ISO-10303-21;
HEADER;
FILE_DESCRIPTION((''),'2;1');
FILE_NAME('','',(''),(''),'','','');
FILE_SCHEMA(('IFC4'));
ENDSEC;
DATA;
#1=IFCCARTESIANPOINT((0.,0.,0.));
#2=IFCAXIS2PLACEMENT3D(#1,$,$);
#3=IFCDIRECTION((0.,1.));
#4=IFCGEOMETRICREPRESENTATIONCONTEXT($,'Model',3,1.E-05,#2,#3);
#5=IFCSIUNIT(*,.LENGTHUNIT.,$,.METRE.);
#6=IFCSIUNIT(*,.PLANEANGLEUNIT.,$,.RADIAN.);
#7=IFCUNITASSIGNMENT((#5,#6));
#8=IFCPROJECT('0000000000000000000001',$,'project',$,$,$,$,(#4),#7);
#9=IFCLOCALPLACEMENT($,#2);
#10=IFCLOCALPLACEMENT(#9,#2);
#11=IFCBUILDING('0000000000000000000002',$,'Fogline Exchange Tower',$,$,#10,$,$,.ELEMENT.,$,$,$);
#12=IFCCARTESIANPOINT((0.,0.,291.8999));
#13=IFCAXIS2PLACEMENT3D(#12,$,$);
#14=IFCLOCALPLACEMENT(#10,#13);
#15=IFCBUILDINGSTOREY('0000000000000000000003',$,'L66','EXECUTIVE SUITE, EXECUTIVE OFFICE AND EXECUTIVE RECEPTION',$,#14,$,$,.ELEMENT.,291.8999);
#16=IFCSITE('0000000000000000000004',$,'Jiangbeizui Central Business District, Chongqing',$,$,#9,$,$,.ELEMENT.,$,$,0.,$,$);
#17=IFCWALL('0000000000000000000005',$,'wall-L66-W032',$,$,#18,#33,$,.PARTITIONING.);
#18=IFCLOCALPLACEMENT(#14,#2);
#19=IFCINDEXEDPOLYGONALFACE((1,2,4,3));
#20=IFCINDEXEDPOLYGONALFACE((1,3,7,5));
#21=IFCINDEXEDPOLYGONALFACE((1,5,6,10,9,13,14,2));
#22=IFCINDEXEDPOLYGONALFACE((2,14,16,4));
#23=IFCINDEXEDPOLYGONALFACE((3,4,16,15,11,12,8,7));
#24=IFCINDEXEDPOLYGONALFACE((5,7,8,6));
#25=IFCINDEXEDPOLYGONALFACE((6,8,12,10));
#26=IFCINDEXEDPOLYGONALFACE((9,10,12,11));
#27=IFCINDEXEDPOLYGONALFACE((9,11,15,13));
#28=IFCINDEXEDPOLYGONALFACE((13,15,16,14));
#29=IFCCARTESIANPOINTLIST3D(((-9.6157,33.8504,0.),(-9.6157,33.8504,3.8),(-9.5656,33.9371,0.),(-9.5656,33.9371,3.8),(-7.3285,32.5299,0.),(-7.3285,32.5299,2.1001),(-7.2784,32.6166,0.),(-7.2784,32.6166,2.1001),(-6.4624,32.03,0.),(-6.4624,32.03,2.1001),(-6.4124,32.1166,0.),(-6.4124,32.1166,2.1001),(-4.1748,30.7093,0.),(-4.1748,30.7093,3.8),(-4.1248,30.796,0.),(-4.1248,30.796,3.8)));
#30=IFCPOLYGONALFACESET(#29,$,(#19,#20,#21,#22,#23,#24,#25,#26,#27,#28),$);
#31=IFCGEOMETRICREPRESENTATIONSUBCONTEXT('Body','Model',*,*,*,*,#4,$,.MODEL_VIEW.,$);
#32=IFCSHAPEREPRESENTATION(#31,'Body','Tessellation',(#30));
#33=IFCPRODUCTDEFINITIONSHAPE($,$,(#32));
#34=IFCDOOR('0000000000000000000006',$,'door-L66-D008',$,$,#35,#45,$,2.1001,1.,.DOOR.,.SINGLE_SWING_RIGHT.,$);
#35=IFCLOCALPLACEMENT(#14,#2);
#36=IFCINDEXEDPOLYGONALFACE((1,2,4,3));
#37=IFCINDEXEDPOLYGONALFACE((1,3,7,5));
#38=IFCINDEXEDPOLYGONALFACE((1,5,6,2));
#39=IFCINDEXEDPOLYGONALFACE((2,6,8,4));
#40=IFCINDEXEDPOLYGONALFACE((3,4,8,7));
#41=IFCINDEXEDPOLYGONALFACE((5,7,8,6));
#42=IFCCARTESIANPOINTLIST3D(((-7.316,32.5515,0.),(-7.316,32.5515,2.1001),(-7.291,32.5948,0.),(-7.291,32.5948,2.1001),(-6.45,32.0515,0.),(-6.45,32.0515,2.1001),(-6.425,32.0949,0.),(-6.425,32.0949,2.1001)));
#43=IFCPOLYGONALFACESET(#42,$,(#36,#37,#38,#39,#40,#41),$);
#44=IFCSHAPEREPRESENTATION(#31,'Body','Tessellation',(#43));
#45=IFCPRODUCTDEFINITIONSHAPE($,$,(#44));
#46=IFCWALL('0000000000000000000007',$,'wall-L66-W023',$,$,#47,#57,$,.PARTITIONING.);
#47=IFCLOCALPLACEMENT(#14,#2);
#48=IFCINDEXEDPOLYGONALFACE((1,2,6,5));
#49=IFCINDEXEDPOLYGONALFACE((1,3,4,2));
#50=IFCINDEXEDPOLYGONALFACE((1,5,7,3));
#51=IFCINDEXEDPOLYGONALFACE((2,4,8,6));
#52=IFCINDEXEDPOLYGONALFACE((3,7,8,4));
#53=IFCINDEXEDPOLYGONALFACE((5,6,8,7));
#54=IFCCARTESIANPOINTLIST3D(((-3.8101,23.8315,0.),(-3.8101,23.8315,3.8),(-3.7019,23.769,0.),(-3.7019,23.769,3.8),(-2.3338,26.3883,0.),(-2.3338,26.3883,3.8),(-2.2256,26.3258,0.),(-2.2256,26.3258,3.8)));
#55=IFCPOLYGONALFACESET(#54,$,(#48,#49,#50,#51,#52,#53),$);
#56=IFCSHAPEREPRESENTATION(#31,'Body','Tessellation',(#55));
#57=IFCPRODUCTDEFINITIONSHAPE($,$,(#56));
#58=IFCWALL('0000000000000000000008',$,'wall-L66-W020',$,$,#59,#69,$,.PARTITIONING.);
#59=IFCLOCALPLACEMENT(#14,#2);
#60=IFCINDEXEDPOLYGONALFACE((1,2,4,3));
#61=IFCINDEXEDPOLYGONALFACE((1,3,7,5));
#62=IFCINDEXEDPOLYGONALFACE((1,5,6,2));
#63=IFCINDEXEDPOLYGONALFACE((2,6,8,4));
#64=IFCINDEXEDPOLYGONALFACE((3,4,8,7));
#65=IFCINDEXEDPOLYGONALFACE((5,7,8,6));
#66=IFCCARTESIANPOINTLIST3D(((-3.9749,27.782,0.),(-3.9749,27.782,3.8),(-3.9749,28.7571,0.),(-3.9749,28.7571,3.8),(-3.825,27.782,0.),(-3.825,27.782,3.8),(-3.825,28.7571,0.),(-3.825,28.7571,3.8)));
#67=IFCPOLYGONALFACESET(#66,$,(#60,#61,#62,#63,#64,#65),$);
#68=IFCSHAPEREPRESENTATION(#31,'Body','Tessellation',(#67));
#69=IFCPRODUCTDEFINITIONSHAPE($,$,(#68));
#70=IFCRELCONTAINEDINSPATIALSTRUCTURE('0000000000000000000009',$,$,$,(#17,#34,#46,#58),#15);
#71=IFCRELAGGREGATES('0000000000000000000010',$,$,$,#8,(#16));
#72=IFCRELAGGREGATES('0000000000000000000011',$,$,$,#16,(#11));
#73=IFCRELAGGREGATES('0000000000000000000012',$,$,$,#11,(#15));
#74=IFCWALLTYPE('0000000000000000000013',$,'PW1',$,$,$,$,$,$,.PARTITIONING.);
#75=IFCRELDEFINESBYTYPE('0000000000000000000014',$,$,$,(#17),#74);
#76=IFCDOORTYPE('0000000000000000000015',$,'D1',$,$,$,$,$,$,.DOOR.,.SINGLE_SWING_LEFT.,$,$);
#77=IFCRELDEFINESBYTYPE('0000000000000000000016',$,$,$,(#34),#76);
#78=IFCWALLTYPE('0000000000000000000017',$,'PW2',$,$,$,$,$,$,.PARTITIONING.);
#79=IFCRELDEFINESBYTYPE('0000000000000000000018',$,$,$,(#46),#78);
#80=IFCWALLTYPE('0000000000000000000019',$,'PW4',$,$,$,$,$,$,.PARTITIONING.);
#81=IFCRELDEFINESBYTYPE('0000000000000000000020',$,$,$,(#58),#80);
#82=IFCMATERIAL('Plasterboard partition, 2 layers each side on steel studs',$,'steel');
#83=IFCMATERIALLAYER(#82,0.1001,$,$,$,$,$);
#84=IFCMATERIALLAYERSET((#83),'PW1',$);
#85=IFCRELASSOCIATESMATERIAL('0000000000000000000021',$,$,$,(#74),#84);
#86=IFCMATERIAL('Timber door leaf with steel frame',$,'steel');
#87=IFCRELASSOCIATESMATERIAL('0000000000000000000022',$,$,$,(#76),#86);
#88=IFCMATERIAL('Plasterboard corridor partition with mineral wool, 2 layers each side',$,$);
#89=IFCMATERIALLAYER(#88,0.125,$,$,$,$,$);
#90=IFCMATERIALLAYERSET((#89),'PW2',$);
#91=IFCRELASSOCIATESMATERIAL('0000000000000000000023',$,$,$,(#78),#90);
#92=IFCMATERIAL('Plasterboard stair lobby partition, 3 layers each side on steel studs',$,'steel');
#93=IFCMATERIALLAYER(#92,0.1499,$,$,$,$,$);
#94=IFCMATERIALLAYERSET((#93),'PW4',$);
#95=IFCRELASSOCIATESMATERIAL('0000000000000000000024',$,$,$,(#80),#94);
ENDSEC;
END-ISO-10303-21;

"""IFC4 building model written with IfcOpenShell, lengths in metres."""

from ifc_helpers import new_model, si_unit, direction, frame, frame_2d, origin, place, context, subcontext, project, spatial, rectangle, extrude, material, layer, layer_set, type_object, element, fill, save


model = new_model("IFC4")

# Units and contexts
model_context = context("Model", 3, precision=1e-05, world=origin(), true_north=direction((0.0, 1.0)))
body_context = subcontext(model_context, "Body", "Model", "MODEL_VIEW")
ifc_project = project(units=[si_unit("LENGTHUNIT", "METRE"), si_unit("PLANEANGLEUNIT", "RADIAN")], contexts=[model_context])

# Site, building, storey
site_placement = place(None, origin())
site = spatial("IfcSite", under=ifc_project, at=site_placement, Name="Jiangbeizui Central Business District, Chongqing", CompositionType="ELEMENT", RefElevation=0.0)
building_placement = place(site_placement, origin())
building = spatial("IfcBuilding", under=site, at=building_placement, Name="Fogline Exchange Tower", CompositionType="ELEMENT")
storey_placement = place(building_placement, frame((0.0, 0.0, 291.8999)))
storey = spatial("IfcBuildingStorey", under=building, at=storey_placement, Name="L66", Description="EXECUTIVE SUITE, EXECUTIVE OFFICE AND EXECUTIVE RECEPTION", CompositionType="ELEMENT", Elevation=291.8999)

# Wall, opening, door
ifc_material_1 = material(Name="Plasterboard partition, 2 layers each side on steel studs", Category="steel")
ifc_layer_1 = layer(ifc_material_1, 0.1001)
ifc_layer_set_1 = layer_set([ifc_layer_1], Name="PW1")
wall_type_1 = type_object("IfcWallType", Name="PW1", PredefinedType="PARTITIONING", material=ifc_layer_set_1)
wall_1_placement = place(storey_placement, frame((-4.1499, 30.7527, 0.0), z_axis=(0.0, 0.0, 1.0), x_axis=(-0.866039, 0.499976, 0.0)))
wall_1 = element("IfcWall", 1, at=wall_1_placement, inside=storey, type_object=wall_type_1, Name="wall-L66-W032", PredefinedType="PARTITIONING", context=body_context, shape_type="SweptSolid", body=[
    extrude(rectangle(XDim=6.2825, YDim=0.1001, at=frame_2d((3.1411, 0.0))), origin(), (0.0, 0.0, 1.0), 3.8),
])
opening_1_placement = place(wall_1_placement, frame((2.6414, 0.0, 0.0)))
opening_1 = element("IfcOpeningElement", 2, at=opening_1_placement, cuts=wall_1, PredefinedType="OPENING", context=body_context, shape_type="SweptSolid", body=[
    extrude(rectangle(XDim=1.0, YDim=2.1001, at=frame_2d((0.5, 1.05))), frame((0.0, 0.0601, 0.0), z_axis=(0.0, -1.0, 0.0), x_axis=(1.0, 0.0, 0.0)), (0.0, 0.0, 1.0), 0.1201),
])
ifc_material_2 = material(Name="Timber door leaf with steel frame", Category="steel")
door_type_1 = type_object("IfcDoorType", Name="D1", OperationType="SINGLE_SWING_LEFT", PredefinedType="DOOR", material=ifc_material_2)
door_1_placement = place(opening_1_placement, frame((1.0, 0.0, 0.0), z_axis=(0.0, 0.0, 1.0), x_axis=(-1.0, 0.0, 0.0)))
door_1 = element("IfcDoor", 3, at=door_1_placement, inside=storey, type_object=door_type_1, Name="door-L66-D008", OperationType="SINGLE_SWING_RIGHT", OverallHeight=2.1001, OverallWidth=1.0, PredefinedType="DOOR", context=body_context, shape_type="SweptSolid", body=[
    extrude(rectangle(XDim=1.0, YDim=2.1001, at=frame_2d((0.5, 1.05))), frame((0.0, 0.0249, 0.0), z_axis=(0.0, -1.0, 0.0), x_axis=(1.0, 0.0, 0.0)), (0.0, 0.0, 1.0), 0.05),
])
fill(opening_1, door_1)

# Walls
ifc_material_3 = material(Name="Plasterboard corridor partition with mineral wool, 2 layers each side")
ifc_layer_2 = layer(ifc_material_3, 0.125)
ifc_layer_set_2 = layer_set([ifc_layer_2], Name="PW2")
wall_type_2 = type_object("IfcWallType", Name="PW2", PredefinedType="PARTITIONING", material=ifc_layer_set_2)
wall_2_placement = place(storey_placement, frame((-2.2798, 26.3569, 0.0), z_axis=(0.0, 0.0, 1.0), x_axis=(-0.500025, -0.866011, 0.0)))
element("IfcWall", 4, at=wall_2_placement, inside=storey, type_object=wall_type_2, Name="wall-L66-W023", PredefinedType="PARTITIONING", context=body_context, shape_type="SweptSolid", body=[
    extrude(rectangle(XDim=2.9524, YDim=0.125, at=frame_2d((1.4761, 0.0))), origin(), (0.0, 0.0, 1.0), 3.8),
])
ifc_material_4 = material(Name="Plasterboard stair lobby partition, 3 layers each side on steel studs", Category="steel")
ifc_layer_3 = layer(ifc_material_4, 0.1499)
ifc_layer_set_3 = layer_set([ifc_layer_3], Name="PW4")
wall_type_3 = type_object("IfcWallType", Name="PW4", PredefinedType="PARTITIONING", material=ifc_layer_set_3)
wall_3_placement = place(storey_placement, frame((-3.8999, 27.782, 0.0), z_axis=(0.0, 0.0, 1.0), x_axis=(0.0, 1.0, 0.0)))
element("IfcWall", 5, at=wall_3_placement, inside=storey, type_object=wall_type_3, Name="wall-L66-W020", PredefinedType="PARTITIONING", context=body_context, shape_type="SweptSolid", body=[
    extrude(rectangle(XDim=0.9751, YDim=0.1499, at=frame_2d((0.4875, 0.0))), origin(), (0.0, 0.0, 1.0), 3.8),
])

save(model, "model.ifc")
